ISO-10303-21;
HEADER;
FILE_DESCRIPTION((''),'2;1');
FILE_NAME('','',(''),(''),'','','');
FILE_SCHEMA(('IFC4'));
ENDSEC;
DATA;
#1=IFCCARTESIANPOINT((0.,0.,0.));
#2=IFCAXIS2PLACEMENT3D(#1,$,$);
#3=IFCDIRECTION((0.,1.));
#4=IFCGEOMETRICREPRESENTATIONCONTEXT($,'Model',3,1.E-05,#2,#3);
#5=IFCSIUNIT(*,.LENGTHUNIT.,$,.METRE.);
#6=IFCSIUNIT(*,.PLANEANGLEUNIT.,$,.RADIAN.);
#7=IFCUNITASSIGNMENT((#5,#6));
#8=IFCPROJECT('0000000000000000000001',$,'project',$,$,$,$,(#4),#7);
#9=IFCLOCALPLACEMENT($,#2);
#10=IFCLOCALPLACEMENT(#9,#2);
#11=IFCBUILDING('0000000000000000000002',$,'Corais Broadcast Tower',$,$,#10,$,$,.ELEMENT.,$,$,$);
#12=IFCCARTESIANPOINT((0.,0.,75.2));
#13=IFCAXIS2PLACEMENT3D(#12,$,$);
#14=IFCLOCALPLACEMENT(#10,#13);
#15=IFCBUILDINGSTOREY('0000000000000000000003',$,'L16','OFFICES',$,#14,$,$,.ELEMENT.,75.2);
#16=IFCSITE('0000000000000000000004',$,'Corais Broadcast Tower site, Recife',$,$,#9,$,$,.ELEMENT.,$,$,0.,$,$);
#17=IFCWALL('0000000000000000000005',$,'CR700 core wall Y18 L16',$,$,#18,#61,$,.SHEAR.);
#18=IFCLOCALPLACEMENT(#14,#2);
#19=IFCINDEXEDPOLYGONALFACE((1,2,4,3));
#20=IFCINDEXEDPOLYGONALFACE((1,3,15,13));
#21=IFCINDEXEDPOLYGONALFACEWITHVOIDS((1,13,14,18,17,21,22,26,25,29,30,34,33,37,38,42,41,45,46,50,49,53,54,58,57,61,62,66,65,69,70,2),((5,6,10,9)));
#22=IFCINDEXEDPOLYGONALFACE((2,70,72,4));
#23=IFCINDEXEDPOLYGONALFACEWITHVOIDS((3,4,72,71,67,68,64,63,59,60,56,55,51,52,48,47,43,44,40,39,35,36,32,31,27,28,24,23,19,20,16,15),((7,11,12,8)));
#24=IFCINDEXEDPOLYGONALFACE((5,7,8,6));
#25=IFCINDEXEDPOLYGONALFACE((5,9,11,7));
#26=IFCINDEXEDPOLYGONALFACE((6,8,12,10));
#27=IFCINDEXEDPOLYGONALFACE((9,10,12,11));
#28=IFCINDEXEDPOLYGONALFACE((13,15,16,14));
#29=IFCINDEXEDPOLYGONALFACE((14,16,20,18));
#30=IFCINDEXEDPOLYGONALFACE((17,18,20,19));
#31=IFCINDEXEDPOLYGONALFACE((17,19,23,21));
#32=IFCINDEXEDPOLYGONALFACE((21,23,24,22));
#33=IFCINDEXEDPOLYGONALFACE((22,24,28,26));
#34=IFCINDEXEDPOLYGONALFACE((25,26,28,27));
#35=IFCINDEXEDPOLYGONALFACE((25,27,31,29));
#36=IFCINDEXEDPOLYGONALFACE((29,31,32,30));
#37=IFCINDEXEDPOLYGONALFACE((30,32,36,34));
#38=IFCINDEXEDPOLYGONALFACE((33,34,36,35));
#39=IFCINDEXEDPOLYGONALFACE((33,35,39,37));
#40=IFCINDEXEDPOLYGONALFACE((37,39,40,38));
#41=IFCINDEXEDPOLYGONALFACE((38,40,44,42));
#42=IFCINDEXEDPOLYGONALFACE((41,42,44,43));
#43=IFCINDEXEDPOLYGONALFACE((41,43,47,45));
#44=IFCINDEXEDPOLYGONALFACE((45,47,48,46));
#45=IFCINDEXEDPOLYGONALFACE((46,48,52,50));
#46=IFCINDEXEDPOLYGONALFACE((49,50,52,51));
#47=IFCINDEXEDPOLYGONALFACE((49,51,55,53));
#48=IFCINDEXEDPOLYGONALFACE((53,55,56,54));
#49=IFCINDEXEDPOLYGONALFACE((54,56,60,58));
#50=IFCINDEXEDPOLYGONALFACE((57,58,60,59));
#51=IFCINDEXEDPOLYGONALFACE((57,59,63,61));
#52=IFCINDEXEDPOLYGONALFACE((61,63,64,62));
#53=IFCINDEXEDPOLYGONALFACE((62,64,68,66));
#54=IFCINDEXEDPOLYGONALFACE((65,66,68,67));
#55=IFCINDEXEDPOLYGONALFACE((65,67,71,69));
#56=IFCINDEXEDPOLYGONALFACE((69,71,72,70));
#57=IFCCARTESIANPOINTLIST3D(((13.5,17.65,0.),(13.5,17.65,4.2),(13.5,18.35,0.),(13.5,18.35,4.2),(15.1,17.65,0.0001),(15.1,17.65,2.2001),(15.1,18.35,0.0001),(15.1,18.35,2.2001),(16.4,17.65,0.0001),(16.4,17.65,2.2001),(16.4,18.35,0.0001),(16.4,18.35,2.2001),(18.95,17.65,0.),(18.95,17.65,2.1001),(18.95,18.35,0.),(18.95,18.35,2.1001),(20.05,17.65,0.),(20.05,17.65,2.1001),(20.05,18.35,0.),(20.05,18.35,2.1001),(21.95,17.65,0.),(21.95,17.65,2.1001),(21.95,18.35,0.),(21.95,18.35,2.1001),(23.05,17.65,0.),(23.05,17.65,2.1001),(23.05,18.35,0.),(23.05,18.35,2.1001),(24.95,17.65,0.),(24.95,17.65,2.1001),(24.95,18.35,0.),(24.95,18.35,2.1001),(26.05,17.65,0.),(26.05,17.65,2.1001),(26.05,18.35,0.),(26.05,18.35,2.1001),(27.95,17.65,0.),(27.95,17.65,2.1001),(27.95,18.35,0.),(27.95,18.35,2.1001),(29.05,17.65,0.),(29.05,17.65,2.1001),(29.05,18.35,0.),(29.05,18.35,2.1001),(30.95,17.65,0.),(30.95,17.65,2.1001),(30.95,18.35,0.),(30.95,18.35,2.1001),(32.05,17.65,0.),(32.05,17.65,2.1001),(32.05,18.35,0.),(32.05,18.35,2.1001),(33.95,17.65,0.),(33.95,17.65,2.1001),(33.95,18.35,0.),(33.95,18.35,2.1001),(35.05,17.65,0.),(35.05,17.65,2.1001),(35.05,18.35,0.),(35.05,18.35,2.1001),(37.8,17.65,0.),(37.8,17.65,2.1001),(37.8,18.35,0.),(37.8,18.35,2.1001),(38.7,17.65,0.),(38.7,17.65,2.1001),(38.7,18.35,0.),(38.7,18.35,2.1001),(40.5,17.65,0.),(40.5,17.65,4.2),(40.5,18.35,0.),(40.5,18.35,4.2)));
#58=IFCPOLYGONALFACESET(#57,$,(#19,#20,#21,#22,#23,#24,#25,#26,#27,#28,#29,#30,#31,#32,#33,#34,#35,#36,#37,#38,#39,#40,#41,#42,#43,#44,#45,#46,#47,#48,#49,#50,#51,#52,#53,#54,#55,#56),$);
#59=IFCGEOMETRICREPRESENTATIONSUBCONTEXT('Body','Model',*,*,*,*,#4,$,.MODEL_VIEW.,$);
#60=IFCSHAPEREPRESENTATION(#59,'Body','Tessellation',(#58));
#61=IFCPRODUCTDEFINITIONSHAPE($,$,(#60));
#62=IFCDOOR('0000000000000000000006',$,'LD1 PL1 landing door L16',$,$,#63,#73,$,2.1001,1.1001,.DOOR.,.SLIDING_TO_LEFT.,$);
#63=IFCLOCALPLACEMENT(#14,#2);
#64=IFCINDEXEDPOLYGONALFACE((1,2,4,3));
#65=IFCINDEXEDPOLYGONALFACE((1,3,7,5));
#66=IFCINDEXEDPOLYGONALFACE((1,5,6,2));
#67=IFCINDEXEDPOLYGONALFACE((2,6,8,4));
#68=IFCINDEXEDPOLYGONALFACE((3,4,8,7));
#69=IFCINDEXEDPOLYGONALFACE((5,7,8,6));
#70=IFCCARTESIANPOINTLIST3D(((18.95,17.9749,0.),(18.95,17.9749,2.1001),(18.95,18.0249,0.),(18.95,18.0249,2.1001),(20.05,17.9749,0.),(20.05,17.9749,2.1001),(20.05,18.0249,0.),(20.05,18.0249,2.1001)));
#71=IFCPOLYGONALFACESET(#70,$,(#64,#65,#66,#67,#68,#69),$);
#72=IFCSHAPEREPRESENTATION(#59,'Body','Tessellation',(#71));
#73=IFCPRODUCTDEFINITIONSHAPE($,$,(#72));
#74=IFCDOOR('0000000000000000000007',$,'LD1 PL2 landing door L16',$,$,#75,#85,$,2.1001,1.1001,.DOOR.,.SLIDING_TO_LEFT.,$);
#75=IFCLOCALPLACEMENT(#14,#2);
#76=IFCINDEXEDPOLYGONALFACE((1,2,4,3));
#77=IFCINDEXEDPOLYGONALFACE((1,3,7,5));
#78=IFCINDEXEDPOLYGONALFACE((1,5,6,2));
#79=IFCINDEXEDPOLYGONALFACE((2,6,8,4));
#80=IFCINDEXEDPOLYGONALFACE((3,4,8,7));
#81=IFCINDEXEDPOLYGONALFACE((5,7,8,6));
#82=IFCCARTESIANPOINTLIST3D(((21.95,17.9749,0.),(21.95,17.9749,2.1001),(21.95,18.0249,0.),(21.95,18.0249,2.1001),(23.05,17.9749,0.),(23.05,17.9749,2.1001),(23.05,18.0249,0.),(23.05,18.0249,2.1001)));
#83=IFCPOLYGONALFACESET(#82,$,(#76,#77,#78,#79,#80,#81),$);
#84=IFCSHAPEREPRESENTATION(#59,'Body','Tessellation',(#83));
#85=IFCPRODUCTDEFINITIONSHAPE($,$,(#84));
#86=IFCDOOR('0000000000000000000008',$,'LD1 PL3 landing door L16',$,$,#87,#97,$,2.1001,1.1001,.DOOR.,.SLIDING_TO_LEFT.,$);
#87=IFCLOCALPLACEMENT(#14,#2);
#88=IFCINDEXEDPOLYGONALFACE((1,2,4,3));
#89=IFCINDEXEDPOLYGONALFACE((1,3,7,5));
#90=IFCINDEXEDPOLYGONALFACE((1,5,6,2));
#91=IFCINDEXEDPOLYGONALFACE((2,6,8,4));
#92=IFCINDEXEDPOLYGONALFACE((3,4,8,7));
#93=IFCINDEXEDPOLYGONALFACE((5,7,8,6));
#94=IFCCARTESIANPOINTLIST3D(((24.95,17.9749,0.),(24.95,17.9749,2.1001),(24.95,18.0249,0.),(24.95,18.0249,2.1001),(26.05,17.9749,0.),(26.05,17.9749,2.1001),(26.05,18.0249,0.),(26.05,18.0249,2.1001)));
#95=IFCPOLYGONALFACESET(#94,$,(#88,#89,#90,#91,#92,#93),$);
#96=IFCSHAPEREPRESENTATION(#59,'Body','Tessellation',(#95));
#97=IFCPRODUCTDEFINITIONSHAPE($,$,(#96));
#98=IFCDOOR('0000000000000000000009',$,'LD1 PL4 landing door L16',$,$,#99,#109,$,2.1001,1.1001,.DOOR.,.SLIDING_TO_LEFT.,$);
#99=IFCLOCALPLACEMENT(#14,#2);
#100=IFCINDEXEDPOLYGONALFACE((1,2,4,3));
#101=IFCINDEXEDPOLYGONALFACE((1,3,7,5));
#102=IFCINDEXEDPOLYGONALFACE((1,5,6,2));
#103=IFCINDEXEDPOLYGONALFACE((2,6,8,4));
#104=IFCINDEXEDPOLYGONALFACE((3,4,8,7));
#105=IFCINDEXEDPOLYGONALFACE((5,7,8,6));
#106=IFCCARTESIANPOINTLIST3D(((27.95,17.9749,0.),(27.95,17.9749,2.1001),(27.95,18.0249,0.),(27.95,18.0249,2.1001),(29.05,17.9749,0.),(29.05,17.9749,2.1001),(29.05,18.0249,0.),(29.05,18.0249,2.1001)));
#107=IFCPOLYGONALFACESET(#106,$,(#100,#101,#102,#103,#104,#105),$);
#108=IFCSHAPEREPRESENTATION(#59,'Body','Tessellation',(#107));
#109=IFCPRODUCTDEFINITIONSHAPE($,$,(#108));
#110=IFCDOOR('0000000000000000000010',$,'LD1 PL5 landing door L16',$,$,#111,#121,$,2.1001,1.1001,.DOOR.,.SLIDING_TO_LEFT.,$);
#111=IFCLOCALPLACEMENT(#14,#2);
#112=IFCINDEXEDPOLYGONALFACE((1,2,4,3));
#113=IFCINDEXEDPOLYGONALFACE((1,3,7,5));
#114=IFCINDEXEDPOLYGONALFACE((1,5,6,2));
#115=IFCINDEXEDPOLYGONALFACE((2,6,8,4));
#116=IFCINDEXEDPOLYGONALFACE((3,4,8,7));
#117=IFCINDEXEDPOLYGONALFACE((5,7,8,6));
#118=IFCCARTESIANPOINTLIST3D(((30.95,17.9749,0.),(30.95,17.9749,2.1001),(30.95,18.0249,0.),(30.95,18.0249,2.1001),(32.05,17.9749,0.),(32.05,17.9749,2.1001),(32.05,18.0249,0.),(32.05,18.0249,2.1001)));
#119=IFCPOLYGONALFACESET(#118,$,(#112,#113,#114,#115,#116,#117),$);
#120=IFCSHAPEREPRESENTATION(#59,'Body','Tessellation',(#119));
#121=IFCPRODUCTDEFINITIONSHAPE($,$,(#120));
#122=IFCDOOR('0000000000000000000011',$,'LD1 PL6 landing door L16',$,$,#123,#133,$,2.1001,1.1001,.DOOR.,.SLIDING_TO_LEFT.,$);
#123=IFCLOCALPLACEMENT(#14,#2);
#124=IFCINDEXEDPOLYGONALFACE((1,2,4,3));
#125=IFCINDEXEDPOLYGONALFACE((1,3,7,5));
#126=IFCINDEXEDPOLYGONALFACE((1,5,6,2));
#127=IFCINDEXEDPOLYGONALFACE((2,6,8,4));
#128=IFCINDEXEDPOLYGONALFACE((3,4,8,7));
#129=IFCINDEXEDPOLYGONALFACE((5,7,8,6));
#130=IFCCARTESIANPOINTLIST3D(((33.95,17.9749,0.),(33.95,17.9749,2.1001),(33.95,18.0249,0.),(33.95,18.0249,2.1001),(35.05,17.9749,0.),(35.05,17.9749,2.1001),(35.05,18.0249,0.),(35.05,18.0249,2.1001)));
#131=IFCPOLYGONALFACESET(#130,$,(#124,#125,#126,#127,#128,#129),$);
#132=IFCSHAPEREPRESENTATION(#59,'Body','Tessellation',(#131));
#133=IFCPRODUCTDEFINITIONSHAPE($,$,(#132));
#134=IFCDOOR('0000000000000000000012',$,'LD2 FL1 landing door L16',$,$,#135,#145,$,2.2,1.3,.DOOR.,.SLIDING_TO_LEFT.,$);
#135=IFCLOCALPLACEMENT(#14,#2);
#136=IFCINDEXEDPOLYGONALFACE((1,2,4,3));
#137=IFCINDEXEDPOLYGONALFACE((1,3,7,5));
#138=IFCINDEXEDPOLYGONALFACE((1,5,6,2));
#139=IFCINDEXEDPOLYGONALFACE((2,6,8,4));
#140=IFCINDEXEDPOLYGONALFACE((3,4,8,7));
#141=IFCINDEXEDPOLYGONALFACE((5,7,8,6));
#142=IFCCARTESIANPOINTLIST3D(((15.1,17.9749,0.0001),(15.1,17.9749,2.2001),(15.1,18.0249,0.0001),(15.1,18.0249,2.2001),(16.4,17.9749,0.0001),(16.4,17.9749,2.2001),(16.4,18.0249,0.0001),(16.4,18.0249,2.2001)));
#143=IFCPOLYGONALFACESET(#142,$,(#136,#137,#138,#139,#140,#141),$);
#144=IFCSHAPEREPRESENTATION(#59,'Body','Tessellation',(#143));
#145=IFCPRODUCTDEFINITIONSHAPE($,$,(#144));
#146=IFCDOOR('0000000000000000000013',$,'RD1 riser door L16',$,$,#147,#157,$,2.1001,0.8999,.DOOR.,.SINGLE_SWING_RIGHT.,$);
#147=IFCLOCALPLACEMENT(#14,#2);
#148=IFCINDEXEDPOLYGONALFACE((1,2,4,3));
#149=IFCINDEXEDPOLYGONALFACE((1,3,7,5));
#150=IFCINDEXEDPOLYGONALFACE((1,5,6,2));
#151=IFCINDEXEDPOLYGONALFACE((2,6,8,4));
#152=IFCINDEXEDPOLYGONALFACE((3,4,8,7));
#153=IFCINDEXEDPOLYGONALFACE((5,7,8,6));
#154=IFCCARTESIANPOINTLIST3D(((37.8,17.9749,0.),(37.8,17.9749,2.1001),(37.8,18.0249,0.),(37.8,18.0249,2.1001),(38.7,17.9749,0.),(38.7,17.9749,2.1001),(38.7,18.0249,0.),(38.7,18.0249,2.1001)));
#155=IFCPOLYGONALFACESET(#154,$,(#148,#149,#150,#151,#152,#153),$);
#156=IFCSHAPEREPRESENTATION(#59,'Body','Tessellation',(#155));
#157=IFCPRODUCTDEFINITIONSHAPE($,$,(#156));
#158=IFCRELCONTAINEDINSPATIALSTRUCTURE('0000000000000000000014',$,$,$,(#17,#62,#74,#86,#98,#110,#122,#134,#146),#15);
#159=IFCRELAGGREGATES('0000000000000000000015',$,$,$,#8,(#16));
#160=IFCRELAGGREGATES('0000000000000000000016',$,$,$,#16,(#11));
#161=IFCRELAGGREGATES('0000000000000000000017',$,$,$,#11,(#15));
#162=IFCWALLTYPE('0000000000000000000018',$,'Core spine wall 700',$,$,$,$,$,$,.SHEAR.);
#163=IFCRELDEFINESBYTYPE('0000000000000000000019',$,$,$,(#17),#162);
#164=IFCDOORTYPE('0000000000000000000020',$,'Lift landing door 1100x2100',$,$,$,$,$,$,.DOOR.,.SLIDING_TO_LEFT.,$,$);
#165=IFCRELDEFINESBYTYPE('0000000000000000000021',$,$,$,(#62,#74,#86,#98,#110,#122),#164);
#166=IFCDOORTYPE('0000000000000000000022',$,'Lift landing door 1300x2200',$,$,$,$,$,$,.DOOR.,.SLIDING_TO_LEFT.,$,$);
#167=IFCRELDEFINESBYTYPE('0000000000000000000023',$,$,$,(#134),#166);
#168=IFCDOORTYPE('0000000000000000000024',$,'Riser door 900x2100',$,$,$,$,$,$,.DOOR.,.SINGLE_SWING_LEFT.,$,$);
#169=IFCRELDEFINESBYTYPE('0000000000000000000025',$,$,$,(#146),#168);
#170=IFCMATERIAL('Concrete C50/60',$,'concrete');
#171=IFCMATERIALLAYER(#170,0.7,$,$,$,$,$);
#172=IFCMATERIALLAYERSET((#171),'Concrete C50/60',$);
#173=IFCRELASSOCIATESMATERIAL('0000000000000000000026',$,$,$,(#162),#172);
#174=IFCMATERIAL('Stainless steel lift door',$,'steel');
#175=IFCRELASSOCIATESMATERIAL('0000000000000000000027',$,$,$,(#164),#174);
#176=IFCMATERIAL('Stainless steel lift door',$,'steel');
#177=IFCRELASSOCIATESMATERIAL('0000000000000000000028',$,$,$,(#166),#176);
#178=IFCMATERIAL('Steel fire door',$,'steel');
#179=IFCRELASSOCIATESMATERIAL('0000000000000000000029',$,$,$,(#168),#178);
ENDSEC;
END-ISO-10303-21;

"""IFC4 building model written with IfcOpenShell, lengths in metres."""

from ifc_helpers import new_model, si_unit, direction, frame, frame_2d, origin, place, context, subcontext, project, spatial, rectangle, extrude, material, layer, layer_set, type_object, element, fill, save


model = new_model("IFC4")

# Units and contexts
model_context = context("Model", 3, precision=1e-05, world=origin(), true_north=direction((0.0, 1.0)))
body_context = subcontext(model_context, "Body", "Model", "MODEL_VIEW")
ifc_project = project(units=[si_unit("LENGTHUNIT", "METRE"), si_unit("PLANEANGLEUNIT", "RADIAN")], contexts=[model_context])

# Site, building, storey
site_placement = place(None, origin())
site = spatial("IfcSite", under=ifc_project, at=site_placement, Name="Corais Broadcast Tower site, Recife", CompositionType="ELEMENT", RefElevation=0.0)
building_placement = place(site_placement, origin())
building = spatial("IfcBuilding", under=site, at=building_placement, Name="Corais Broadcast Tower", CompositionType="ELEMENT")
storey_placement = place(building_placement, frame((0.0, 0.0, 75.2)))
storey = spatial("IfcBuildingStorey", under=building, at=storey_placement, Name="L16", Description="OFFICES", CompositionType="ELEMENT", Elevation=75.2)

# Wall, openings, doors
ifc_material_1 = material(Name="Concrete C50/60", Category="concrete")
ifc_layer_1 = layer(ifc_material_1, 0.7)
ifc_layer_set_1 = layer_set([ifc_layer_1], Name="Concrete C50/60")
wall_type_1 = type_object("IfcWallType", Name="Core spine wall 700", PredefinedType="SHEAR", material=ifc_layer_set_1)
wall_1_placement = place(storey_placement, frame((13.5, 18.0, 0.0), z_axis=(0.0, 0.0, 1.0), x_axis=(1.0, 0.0, 0.0)))
wall_1 = element("IfcWall", 1, at=wall_1_placement, inside=storey, type_object=wall_type_1, Name="CR700 core wall Y18 L16", PredefinedType="SHEAR", context=body_context, shape_type="SweptSolid", body=[
    extrude(rectangle(XDim=27.0, YDim=0.7, at=frame_2d((13.5, 0.0))), origin(), (0.0, 0.0, 1.0), 4.2),
])
opening_1_placement = place(wall_1_placement, frame((24.3, 0.0, 0.0)))
opening_1 = element("IfcOpeningElement", 2, at=opening_1_placement, cuts=wall_1, PredefinedType="OPENING", context=body_context, shape_type="SweptSolid", body=[
    extrude(rectangle(XDim=0.8999, YDim=2.1001, at=frame_2d((0.45, 1.05))), frame((0.0, 0.3599, 0.0), z_axis=(0.0, -1.0, 0.0), x_axis=(1.0, 0.0, 0.0)), (0.0, 0.0, 1.0), 0.72),
])
opening_2_placement = place(wall_1_placement, frame((5.45, 0.0, 0.0)))
opening_2 = element("IfcOpeningElement", 3, at=opening_2_placement, cuts=wall_1, PredefinedType="OPENING", context=body_context, shape_type="SweptSolid", body=[
    extrude(rectangle(XDim=1.1001, YDim=2.1001, at=frame_2d((0.55, 1.05))), frame((0.0, 0.3599, 0.0), z_axis=(0.0, -1.0, 0.0), x_axis=(1.0, 0.0, 0.0)), (0.0, 0.0, 1.0), 0.72),
])
opening_3_placement = place(wall_1_placement, frame((8.45, 0.0, 0.0)))
opening_3 = element("IfcOpeningElement", 4, at=opening_3_placement, cuts=wall_1, PredefinedType="OPENING", context=body_context, shape_type="SweptSolid", body=[
    extrude(rectangle(XDim=1.1001, YDim=2.1001, at=frame_2d((0.55, 1.05))), frame((0.0, 0.3599, 0.0), z_axis=(0.0, -1.0, 0.0), x_axis=(1.0, 0.0, 0.0)), (0.0, 0.0, 1.0), 0.72),
])
opening_4_placement = place(wall_1_placement, frame((11.45, 0.0, 0.0)))
opening_4 = element("IfcOpeningElement", 5, at=opening_4_placement, cuts=wall_1, PredefinedType="OPENING", context=body_context, shape_type="SweptSolid", body=[
    extrude(rectangle(XDim=1.1001, YDim=2.1001, at=frame_2d((0.55, 1.05))), frame((0.0, 0.3599, 0.0), z_axis=(0.0, -1.0, 0.0), x_axis=(1.0, 0.0, 0.0)), (0.0, 0.0, 1.0), 0.72),
])
opening_5_placement = place(wall_1_placement, frame((14.45, 0.0, 0.0)))
opening_5 = element("IfcOpeningElement", 6, at=opening_5_placement, cuts=wall_1, PredefinedType="OPENING", context=body_context, shape_type="SweptSolid", body=[
    extrude(rectangle(XDim=1.1001, YDim=2.1001, at=frame_2d((0.55, 1.05))), frame((0.0, 0.3599, 0.0), z_axis=(0.0, -1.0, 0.0), x_axis=(1.0, 0.0, 0.0)), (0.0, 0.0, 1.0), 0.72),
])
opening_6_placement = place(wall_1_placement, frame((17.45, 0.0, 0.0)))
opening_6 = element("IfcOpeningElement", 7, at=opening_6_placement, cuts=wall_1, PredefinedType="OPENING", context=body_context, shape_type="SweptSolid", body=[
    extrude(rectangle(XDim=1.1001, YDim=2.1001, at=frame_2d((0.55, 1.05))), frame((0.0, 0.3599, 0.0), z_axis=(0.0, -1.0, 0.0), x_axis=(1.0, 0.0, 0.0)), (0.0, 0.0, 1.0), 0.72),
])
opening_7_placement = place(wall_1_placement, frame((20.45, 0.0, 0.0)))
opening_7 = element("IfcOpeningElement", 8, at=opening_7_placement, cuts=wall_1, PredefinedType="OPENING", context=body_context, shape_type="SweptSolid", body=[
    extrude(rectangle(XDim=1.1001, YDim=2.1001, at=frame_2d((0.55, 1.05))), frame((0.0, 0.3599, 0.0), z_axis=(0.0, -1.0, 0.0), x_axis=(1.0, 0.0, 0.0)), (0.0, 0.0, 1.0), 0.72),
])
opening_8_placement = place(wall_1_placement, frame((1.6001, 0.0, 0.0)))
opening_8 = element("IfcOpeningElement", 9, at=opening_8_placement, cuts=wall_1, PredefinedType="OPENING", context=body_context, shape_type="SweptSolid", body=[
    extrude(rectangle(XDim=1.3, YDim=2.2, at=frame_2d((0.6499, 1.1001))), frame((0.0, 0.3599, 0.0), z_axis=(0.0, -1.0, 0.0), x_axis=(1.0, 0.0, 0.0)), (0.0, 0.0, 1.0), 0.72),
])
ifc_material_2 = material(Name="Stainless steel lift door", Category="steel")
door_type_1 = type_object("IfcDoorType", Name="Lift landing door 1100x2100", OperationType="SLIDING_TO_LEFT", PredefinedType="DOOR", material=ifc_material_2)
door_1_placement = place(opening_2_placement, origin())
door_1 = element("IfcDoor", 10, at=door_1_placement, inside=storey, type_object=door_type_1, Name="LD1 PL1 landing door L16", OperationType="SLIDING_TO_LEFT", OverallHeight=2.1001, OverallWidth=1.1001, PredefinedType="DOOR", context=body_context, shape_type="SweptSolid", body=[
    extrude(rectangle(XDim=1.1001, YDim=2.1001, at=frame_2d((0.55, 1.05))), frame((0.0, 0.0249, 0.0), z_axis=(0.0, -1.0, 0.0), x_axis=(1.0, 0.0, 0.0)), (0.0, 0.0, 1.0), 0.05),
])
fill(opening_2, door_1)
door_2_placement = place(opening_3_placement, origin())
door_2 = element("IfcDoor", 11, at=door_2_placement, inside=storey, type_object=door_type_1, Name="LD1 PL2 landing door L16", OperationType="SLIDING_TO_LEFT", OverallHeight=2.1001, OverallWidth=1.1001, PredefinedType="DOOR", context=body_context, shape_type="SweptSolid", body=[
    extrude(rectangle(XDim=1.1001, YDim=2.1001, at=frame_2d((0.55, 1.05))), frame((0.0, 0.0249, 0.0), z_axis=(0.0, -1.0, 0.0), x_axis=(1.0, 0.0, 0.0)), (0.0, 0.0, 1.0), 0.05),
])
fill(opening_3, door_2)
door_3_placement = place(opening_4_placement, origin())
door_3 = element("IfcDoor", 12, at=door_3_placement, inside=storey, type_object=door_type_1, Name="LD1 PL3 landing door L16", OperationType="SLIDING_TO_LEFT", OverallHeight=2.1001, OverallWidth=1.1001, PredefinedType="DOOR", context=body_context, shape_type="SweptSolid", body=[
    extrude(rectangle(XDim=1.1001, YDim=2.1001, at=frame_2d((0.55, 1.05))), frame((0.0, 0.0249, 0.0), z_axis=(0.0, -1.0, 0.0), x_axis=(1.0, 0.0, 0.0)), (0.0, 0.0, 1.0), 0.05),
])
fill(opening_4, door_3)
door_4_placement = place(opening_5_placement, origin())
door_4 = element("IfcDoor", 13, at=door_4_placement, inside=storey, type_object=door_type_1, Name="LD1 PL4 landing door L16", OperationType="SLIDING_TO_LEFT", OverallHeight=2.1001, OverallWidth=1.1001, PredefinedType="DOOR", context=body_context, shape_type="SweptSolid", body=[
    extrude(rectangle(XDim=1.1001, YDim=2.1001, at=frame_2d((0.55, 1.05))), frame((0.0, 0.0249, 0.0), z_axis=(0.0, -1.0, 0.0), x_axis=(1.0, 0.0, 0.0)), (0.0, 0.0, 1.0), 0.05),
])
fill(opening_5, door_4)
door_5_placement = place(opening_6_placement, origin())
door_5 = element("IfcDoor", 14, at=door_5_placement, inside=storey, type_object=door_type_1, Name="LD1 PL5 landing door L16", OperationType="SLIDING_TO_LEFT", OverallHeight=2.1001, OverallWidth=1.1001, PredefinedType="DOOR", context=body_context, shape_type="SweptSolid", body=[
    extrude(rectangle(XDim=1.1001, YDim=2.1001, at=frame_2d((0.55, 1.05))), frame((0.0, 0.0249, 0.0), z_axis=(0.0, -1.0, 0.0), x_axis=(1.0, 0.0, 0.0)), (0.0, 0.0, 1.0), 0.05),
])
fill(opening_6, door_5)
door_6_placement = place(opening_7_placement, origin())
door_6 = element("IfcDoor", 15, at=door_6_placement, inside=storey, type_object=door_type_1, Name="LD1 PL6 landing door L16", OperationType="SLIDING_TO_LEFT", OverallHeight=2.1001, OverallWidth=1.1001, PredefinedType="DOOR", context=body_context, shape_type="SweptSolid", body=[
    extrude(rectangle(XDim=1.1001, YDim=2.1001, at=frame_2d((0.55, 1.05))), frame((0.0, 0.0249, 0.0), z_axis=(0.0, -1.0, 0.0), x_axis=(1.0, 0.0, 0.0)), (0.0, 0.0, 1.0), 0.05),
])
fill(opening_7, door_6)
ifc_material_3 = material(Name="Stainless steel lift door", Category="steel")
door_type_2 = type_object("IfcDoorType", Name="Lift landing door 1300x2200", OperationType="SLIDING_TO_LEFT", PredefinedType="DOOR", material=ifc_material_3)
door_7_placement = place(opening_8_placement, origin())
door_7 = element("IfcDoor", 16, at=door_7_placement, inside=storey, type_object=door_type_2, Name="LD2 FL1 landing door L16", OperationType="SLIDING_TO_LEFT", OverallHeight=2.2, OverallWidth=1.3, PredefinedType="DOOR", context=body_context, shape_type="SweptSolid", body=[
    extrude(rectangle(XDim=1.3, YDim=2.2, at=frame_2d((0.6499, 1.1001))), frame((0.0, 0.0249, 0.0), z_axis=(0.0, -1.0, 0.0), x_axis=(1.0, 0.0, 0.0)), (0.0, 0.0, 1.0), 0.05),
])
fill(opening_8, door_7)
ifc_material_4 = material(Name="Steel fire door", Category="steel")
door_type_3 = type_object("IfcDoorType", Name="Riser door 900x2100", OperationType="SINGLE_SWING_LEFT", PredefinedType="DOOR", material=ifc_material_4)
door_8_placement = place(opening_1_placement, origin())
door_8 = element("IfcDoor", 17, at=door_8_placement, inside=storey, type_object=door_type_3, Name="RD1 riser door L16", OperationType="SINGLE_SWING_RIGHT", OverallHeight=2.1001, OverallWidth=0.8999, PredefinedType="DOOR", context=body_context, shape_type="SweptSolid", body=[
    extrude(rectangle(XDim=0.8999, YDim=2.1001, at=frame_2d((0.45, 1.05))), frame((0.0, 0.0249, 0.0), z_axis=(0.0, -1.0, 0.0), x_axis=(1.0, 0.0, 0.0)), (0.0, 0.0, 1.0), 0.05),
])
fill(opening_1, door_8)

save(model, "model.ifc")
